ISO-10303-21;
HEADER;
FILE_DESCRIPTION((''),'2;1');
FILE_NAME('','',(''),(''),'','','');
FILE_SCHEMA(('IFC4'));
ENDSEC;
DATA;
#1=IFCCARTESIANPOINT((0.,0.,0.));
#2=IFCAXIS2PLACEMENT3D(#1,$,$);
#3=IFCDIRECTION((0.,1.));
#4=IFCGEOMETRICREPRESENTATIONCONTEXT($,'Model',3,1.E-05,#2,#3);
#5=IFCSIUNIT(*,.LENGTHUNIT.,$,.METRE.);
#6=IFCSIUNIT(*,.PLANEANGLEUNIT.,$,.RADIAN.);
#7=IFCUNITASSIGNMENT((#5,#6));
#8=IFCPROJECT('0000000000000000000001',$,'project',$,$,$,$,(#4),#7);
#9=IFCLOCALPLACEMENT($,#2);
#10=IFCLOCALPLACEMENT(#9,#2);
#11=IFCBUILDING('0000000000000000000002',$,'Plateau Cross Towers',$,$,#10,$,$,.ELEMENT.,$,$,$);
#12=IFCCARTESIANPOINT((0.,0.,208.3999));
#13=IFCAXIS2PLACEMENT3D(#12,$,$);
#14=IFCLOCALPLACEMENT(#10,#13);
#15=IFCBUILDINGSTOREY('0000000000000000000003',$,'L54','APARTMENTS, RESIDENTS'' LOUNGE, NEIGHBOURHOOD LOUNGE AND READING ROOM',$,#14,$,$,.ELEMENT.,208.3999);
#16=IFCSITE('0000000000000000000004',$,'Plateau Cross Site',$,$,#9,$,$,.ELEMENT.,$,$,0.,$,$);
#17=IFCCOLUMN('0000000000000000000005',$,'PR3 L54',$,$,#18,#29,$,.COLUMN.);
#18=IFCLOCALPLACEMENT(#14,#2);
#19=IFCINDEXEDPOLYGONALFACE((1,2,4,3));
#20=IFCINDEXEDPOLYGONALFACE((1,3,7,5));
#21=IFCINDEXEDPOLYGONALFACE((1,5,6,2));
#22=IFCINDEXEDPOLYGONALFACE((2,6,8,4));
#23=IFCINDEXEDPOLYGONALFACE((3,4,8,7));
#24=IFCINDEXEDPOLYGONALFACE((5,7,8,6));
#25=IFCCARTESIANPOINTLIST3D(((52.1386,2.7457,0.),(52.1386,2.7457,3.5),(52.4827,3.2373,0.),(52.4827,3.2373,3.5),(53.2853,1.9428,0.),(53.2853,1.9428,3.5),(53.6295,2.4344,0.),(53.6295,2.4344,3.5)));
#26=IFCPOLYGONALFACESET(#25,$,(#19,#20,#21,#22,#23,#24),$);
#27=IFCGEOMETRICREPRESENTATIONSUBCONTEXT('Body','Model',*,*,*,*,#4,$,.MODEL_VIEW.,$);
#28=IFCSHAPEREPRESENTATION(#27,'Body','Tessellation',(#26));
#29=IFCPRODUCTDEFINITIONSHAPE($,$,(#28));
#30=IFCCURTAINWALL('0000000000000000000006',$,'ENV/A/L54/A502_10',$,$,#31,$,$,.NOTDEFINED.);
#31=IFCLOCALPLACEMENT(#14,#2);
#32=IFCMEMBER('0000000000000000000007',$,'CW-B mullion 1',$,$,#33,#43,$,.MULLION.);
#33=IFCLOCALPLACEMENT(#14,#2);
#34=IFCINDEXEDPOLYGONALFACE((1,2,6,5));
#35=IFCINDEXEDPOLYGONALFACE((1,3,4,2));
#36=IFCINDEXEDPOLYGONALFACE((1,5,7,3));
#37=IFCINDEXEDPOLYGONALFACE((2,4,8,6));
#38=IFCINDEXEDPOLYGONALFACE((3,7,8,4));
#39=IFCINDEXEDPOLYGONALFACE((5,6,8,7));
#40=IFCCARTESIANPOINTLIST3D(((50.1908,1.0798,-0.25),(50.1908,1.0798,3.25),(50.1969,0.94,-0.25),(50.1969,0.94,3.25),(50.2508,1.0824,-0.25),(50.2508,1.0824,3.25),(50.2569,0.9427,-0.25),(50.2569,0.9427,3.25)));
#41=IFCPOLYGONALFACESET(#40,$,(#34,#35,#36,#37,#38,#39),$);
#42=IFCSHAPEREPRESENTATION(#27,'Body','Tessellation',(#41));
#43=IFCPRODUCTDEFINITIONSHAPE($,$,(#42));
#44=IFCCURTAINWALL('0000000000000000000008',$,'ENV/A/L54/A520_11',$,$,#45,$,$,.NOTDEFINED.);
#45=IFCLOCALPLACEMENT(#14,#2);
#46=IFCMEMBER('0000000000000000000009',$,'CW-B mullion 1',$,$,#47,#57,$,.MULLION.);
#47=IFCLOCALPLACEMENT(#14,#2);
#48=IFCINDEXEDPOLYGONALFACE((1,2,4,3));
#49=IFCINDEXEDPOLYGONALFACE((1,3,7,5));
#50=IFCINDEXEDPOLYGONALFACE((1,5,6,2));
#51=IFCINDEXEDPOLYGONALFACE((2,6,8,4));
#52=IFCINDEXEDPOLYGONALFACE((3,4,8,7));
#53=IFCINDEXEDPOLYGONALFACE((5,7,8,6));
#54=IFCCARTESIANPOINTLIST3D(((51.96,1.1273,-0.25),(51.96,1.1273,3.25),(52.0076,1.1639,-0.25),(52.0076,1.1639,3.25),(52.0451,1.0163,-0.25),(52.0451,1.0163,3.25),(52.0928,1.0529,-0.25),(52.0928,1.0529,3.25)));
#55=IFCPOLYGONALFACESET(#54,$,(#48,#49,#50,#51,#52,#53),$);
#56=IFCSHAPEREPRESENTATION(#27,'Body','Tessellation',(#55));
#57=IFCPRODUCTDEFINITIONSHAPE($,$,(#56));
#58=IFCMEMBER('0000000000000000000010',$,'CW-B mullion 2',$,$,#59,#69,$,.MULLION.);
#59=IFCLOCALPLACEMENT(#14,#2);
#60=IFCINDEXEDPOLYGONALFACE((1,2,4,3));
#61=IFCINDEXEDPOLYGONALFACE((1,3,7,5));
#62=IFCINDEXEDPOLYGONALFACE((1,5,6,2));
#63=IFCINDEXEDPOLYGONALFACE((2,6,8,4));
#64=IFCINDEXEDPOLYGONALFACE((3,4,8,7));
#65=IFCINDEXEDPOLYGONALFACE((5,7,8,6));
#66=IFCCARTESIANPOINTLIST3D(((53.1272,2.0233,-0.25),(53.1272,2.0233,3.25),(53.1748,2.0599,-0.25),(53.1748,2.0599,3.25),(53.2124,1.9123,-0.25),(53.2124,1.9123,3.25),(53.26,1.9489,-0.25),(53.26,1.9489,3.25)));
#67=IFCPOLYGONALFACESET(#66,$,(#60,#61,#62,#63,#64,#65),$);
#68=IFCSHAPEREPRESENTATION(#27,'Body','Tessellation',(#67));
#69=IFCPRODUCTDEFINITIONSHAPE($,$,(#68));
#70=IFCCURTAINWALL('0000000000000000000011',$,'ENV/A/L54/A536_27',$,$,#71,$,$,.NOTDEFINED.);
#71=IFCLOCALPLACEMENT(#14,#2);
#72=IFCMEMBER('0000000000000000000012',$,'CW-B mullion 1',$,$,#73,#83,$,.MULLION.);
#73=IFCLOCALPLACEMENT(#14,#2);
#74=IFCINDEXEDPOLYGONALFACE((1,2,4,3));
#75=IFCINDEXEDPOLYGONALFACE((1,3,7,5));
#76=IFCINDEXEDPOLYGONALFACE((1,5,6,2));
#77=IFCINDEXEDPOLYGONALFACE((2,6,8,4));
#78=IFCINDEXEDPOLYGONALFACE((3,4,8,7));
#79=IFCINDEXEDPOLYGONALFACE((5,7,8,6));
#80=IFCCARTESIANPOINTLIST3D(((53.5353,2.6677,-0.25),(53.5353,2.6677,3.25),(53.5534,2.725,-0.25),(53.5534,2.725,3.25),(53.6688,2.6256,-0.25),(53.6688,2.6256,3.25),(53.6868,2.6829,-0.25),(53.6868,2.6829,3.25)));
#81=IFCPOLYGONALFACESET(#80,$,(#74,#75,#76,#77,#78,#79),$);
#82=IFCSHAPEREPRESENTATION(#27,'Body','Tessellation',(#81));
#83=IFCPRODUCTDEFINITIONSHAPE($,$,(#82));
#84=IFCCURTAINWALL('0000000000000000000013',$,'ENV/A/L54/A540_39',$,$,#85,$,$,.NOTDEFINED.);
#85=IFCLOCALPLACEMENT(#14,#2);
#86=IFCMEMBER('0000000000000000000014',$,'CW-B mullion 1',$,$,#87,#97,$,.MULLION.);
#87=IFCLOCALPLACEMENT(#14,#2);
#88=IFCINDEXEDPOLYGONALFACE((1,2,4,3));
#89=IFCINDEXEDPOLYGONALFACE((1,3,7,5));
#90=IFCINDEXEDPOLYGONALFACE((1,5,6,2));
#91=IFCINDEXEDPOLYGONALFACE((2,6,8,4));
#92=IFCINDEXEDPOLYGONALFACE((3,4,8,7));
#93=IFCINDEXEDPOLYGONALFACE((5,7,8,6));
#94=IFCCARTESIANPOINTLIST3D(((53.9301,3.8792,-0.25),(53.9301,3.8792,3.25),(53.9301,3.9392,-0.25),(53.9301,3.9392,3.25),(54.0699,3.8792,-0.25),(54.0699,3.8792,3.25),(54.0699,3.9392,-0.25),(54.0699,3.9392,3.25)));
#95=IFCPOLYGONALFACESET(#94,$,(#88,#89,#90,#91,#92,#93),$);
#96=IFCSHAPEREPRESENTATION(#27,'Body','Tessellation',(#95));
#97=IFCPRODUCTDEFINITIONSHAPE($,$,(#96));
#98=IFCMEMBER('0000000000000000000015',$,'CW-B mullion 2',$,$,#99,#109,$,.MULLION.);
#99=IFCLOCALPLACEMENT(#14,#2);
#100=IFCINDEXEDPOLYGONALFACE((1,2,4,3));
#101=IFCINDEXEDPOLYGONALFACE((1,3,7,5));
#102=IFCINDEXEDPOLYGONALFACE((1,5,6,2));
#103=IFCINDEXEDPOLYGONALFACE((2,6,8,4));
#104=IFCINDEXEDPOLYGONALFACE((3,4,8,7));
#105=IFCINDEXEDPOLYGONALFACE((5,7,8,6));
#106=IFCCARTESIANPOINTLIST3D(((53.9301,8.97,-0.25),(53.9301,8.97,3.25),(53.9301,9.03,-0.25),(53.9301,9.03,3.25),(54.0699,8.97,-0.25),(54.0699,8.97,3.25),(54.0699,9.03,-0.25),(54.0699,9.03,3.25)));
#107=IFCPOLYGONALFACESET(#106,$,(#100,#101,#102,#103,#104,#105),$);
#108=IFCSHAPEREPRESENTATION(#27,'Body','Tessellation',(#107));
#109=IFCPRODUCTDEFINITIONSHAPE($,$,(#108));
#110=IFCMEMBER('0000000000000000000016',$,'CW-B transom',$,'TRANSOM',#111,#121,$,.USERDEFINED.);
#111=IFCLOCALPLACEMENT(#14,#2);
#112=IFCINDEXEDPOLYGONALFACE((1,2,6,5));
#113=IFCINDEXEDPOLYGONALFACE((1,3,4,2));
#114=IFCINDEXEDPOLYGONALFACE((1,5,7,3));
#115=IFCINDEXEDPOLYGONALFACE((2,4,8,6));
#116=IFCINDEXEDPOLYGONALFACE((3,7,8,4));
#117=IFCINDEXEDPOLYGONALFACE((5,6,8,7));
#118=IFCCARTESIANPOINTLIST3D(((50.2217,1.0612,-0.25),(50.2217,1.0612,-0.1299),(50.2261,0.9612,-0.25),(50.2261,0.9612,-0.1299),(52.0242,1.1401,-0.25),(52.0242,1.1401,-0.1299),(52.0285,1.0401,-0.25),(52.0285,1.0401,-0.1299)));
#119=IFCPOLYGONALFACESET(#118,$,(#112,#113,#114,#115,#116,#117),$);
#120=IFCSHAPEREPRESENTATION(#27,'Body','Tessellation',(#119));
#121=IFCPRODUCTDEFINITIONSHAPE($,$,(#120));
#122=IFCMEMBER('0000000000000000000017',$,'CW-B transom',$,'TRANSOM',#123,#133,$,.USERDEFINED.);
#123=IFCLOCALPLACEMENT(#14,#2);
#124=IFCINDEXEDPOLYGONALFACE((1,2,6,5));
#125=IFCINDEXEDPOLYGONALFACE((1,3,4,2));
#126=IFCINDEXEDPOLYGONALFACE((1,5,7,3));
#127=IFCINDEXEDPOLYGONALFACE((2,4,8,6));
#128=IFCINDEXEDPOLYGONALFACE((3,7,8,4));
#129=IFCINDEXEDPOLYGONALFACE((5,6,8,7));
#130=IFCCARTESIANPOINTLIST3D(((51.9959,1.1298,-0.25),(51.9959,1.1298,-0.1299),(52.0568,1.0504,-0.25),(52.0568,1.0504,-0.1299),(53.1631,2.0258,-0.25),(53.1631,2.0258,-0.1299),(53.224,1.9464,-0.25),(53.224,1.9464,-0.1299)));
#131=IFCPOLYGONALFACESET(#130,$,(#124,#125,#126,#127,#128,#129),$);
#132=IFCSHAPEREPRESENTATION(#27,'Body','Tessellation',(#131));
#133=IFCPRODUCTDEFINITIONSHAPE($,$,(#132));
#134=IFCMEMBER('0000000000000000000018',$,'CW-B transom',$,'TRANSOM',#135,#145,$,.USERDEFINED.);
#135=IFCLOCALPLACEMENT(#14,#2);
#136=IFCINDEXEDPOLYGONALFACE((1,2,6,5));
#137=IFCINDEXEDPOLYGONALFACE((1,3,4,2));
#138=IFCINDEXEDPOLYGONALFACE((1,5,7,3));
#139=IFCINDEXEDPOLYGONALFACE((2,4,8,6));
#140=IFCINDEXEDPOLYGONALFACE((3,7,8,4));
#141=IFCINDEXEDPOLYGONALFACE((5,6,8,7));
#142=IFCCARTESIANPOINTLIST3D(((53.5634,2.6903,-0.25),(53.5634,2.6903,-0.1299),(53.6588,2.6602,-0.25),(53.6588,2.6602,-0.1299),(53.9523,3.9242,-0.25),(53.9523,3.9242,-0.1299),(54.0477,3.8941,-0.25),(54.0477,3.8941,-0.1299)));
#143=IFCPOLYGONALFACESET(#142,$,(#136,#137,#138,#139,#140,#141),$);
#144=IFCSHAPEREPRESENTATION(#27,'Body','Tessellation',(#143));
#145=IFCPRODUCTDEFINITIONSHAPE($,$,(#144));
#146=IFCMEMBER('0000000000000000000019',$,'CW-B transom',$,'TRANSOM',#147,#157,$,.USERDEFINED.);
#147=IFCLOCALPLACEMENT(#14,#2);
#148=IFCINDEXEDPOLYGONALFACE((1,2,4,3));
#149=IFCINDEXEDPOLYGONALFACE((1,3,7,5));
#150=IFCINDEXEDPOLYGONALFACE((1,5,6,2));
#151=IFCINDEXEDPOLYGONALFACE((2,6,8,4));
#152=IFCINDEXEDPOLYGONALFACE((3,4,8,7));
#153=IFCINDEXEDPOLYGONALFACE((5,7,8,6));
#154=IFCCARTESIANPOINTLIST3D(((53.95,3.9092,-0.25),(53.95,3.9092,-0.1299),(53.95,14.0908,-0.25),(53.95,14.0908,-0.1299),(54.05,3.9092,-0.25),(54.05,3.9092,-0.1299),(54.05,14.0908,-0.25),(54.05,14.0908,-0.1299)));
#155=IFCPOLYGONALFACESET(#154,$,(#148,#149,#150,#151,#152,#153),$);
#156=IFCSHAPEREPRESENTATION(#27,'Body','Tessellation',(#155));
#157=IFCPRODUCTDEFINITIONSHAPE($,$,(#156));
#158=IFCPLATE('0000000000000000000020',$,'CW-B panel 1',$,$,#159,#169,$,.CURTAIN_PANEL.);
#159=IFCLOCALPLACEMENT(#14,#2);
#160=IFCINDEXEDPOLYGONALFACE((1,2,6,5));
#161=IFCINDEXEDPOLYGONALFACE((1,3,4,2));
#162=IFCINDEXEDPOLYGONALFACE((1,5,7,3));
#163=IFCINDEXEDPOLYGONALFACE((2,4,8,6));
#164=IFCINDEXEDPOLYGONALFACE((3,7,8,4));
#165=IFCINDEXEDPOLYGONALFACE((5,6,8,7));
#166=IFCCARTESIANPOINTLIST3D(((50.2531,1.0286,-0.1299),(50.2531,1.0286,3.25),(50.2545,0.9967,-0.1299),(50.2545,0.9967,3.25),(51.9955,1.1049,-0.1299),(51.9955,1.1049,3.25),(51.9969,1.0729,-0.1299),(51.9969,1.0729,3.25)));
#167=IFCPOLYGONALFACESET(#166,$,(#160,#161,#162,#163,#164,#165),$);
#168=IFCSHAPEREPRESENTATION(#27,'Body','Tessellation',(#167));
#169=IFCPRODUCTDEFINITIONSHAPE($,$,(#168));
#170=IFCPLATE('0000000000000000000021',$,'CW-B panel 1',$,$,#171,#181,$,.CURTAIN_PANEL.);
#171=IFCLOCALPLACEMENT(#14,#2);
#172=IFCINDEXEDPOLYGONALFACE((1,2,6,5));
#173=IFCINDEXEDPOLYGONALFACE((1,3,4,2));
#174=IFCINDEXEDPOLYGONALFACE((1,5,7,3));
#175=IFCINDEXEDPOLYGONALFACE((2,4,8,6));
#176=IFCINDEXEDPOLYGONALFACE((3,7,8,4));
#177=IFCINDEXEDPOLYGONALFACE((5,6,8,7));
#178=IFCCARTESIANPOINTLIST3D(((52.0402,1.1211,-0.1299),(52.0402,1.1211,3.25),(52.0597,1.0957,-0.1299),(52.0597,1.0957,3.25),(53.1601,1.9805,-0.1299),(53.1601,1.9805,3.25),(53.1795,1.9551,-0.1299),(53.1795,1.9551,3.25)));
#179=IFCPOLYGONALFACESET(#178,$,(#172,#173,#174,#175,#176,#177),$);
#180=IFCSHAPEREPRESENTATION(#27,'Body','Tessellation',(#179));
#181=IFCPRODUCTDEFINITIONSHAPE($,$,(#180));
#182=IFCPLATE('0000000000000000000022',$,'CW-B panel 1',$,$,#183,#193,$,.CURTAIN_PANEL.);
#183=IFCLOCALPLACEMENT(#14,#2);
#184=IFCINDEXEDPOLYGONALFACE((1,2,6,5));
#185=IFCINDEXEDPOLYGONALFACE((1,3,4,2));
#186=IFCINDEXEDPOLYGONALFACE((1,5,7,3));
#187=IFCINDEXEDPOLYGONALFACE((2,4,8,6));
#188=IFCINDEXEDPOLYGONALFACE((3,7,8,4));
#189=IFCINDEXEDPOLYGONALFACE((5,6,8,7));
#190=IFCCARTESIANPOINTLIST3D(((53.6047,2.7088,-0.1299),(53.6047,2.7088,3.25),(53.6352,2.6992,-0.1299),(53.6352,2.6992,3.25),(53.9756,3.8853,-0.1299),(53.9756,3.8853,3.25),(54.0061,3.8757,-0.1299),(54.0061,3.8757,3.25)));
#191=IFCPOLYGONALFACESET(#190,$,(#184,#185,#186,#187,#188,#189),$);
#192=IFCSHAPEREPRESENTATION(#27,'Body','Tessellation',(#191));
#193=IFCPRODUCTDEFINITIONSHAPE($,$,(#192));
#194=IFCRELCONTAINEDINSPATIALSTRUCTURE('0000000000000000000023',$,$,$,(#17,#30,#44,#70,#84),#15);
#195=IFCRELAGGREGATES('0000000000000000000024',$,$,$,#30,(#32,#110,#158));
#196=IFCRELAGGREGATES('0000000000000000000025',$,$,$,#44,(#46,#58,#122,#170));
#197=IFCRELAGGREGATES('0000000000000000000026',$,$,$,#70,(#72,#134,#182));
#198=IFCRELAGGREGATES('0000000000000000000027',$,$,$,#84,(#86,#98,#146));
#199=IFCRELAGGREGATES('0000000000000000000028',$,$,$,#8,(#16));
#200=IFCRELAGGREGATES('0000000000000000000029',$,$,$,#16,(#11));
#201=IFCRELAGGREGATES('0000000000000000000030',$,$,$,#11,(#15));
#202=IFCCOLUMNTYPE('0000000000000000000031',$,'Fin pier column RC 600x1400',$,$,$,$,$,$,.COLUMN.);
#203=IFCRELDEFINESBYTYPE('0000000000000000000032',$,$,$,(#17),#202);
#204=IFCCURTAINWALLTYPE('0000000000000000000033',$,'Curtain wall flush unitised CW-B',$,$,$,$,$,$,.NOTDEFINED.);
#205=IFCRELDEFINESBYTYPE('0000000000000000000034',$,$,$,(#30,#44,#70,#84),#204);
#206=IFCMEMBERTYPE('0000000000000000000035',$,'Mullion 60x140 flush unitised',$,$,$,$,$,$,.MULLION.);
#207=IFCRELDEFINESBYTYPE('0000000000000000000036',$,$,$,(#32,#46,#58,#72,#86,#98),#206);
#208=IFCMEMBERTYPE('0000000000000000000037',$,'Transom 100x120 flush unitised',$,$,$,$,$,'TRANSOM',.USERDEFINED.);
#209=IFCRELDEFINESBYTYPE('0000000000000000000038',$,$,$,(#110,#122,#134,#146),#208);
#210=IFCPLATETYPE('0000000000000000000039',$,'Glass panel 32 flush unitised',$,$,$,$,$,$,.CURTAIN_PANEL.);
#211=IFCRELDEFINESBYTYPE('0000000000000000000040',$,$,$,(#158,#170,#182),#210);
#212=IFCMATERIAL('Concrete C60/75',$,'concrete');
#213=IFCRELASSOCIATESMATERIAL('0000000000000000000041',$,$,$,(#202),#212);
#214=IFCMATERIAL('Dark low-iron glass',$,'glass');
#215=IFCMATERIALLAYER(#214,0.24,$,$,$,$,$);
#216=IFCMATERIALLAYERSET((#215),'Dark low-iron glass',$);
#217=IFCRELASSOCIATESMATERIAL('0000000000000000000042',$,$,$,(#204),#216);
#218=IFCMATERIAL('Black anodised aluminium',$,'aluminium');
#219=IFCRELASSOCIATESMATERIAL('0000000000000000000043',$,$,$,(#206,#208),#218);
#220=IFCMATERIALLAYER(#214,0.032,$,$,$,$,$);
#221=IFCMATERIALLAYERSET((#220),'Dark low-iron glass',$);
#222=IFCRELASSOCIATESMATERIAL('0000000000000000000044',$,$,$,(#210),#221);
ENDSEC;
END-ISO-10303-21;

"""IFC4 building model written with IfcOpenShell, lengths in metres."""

from ifc_helpers import new_model, si_unit, direction, frame, origin, origin_2d, place, context, subcontext, project, spatial, rectangle, extrude, material, layer, layer_set, material_profile, profile_set, type_object, element, aggregate, save


model = new_model("IFC4")

# Units and contexts
model_context = context("Model", 3, precision=1e-05, world=origin(), true_north=direction((0.0, 1.0)))
body_context = subcontext(model_context, "Body", "Model", "MODEL_VIEW")
ifc_project = project(units=[si_unit("LENGTHUNIT", "METRE"), si_unit("PLANEANGLEUNIT", "RADIAN")], contexts=[model_context])

# Site, building, storey
site_placement = place(None, origin())
site = spatial("IfcSite", under=ifc_project, at=site_placement, Name="Plateau Cross Site", CompositionType="ELEMENT", RefElevation=0.0)
building_placement = place(site_placement, origin())
building = spatial("IfcBuilding", under=site, at=building_placement, Name="Plateau Cross Towers", CompositionType="ELEMENT")
storey_placement = place(building_placement, frame((0.0, 0.0, 208.3999)))
storey = spatial("IfcBuildingStorey", under=building, at=storey_placement, Name="L54", Description="APARTMENTS, RESIDENTS' LOUNGE, NEIGHBOURHOOD LOUNGE AND READING ROOM", CompositionType="ELEMENT", Elevation=208.3999)

# Column
ifc_material_1 = material(Name="Concrete C60/75", Category="concrete")
ifc_material_profile_1 = material_profile(ifc_material_1, rectangle(XDim=0.6001, YDim=1.3999, at=origin_2d()), Name="RC 600x1400")
ifc_profile_set_1 = profile_set([ifc_material_profile_1], Name="Concrete C60/75")
column_type = type_object("IfcColumnType", Name="Fin pier column RC 600x1400", PredefinedType="COLUMN", material=ifc_profile_set_1)
column_placement = place(storey_placement, frame((52.884, 2.5901, 0.0), z_axis=(0.0, 0.0, 1.0), x_axis=(0.573543, 0.819176, 0.0)))
element("IfcColumn", 1, at=column_placement, inside=storey, type_object=column_type, Name="PR3 L54", PredefinedType="COLUMN", context=body_context, shape_type="SweptSolid", body=[
    extrude(rectangle(XDim=0.6001, YDim=1.3999, at=origin_2d()), origin(), (0.0, 0.0, 1.0), 3.5),
])

# Curtain wall, member
ifc_material_2 = material(Name="Dark low-iron glass", Category="glass")
ifc_layer_1 = layer(ifc_material_2, 0.24)
ifc_layer_set_1 = layer_set([ifc_layer_1], Name="Dark low-iron glass")
curtain_wall_type_1 = type_object("IfcCurtainWallType", Name="Curtain wall flush unitised CW-B", PredefinedType="NOTDEFINED", material=ifc_layer_set_1)
curtain_wall_1_placement = place(storey_placement, origin())
curtain_wall_1 = element("IfcCurtainWall", 2, at=curtain_wall_1_placement, inside=storey, type_object=curtain_wall_type_1, Name="ENV/A/L54/A502_10", PredefinedType="NOTDEFINED")
ifc_material_3 = material(Name="Black anodised aluminium", Category="aluminium")
ifc_material_profile_2 = material_profile(ifc_material_3, rectangle(XDim=0.0601, YDim=0.1399, at=origin_2d()), Name="MULLION 60x140")
ifc_profile_set_2 = profile_set([ifc_material_profile_2], Name="Black anodised aluminium")
member_type_1 = type_object("IfcMemberType", Name="Mullion 60x140 flush unitised", PredefinedType="MULLION", material=ifc_profile_set_2)
member_1_placement = place(storey_placement, frame((50.2239, 1.0112, -0.25), z_axis=(0.0, 0.0, 1.0), x_axis=(0.999044, 0.043723, 0.0)))
member_1 = element("IfcMember", 3, at=member_1_placement, type_object=member_type_1, Name="CW-B mullion 1", PredefinedType="MULLION", context=body_context, shape_type="SweptSolid", body=[
    extrude(rectangle(XDim=0.0601, YDim=0.1399, at=origin_2d()), origin(), (0.0, 0.0, 1.0), 3.5),
])

# Curtain wall, members
curtain_wall_2_placement = place(storey_placement, origin())
curtain_wall_2 = element("IfcCurtainWall", 4, at=curtain_wall_2_placement, inside=storey, type_object=curtain_wall_type_1, Name="ENV/A/L54/A520_11", PredefinedType="NOTDEFINED")
member_2_placement = place(storey_placement, frame((52.0264, 1.0901, -0.25), z_axis=(0.0, 0.0, 1.0), x_axis=(0.793316, 0.608811, 0.0)))
member_2 = element("IfcMember", 5, at=member_2_placement, type_object=member_type_1, Name="CW-B mullion 1", PredefinedType="MULLION", context=body_context, shape_type="SweptSolid", body=[
    extrude(rectangle(XDim=0.0601, YDim=0.1399, at=origin_2d()), origin(), (0.0, 0.0, 1.0), 3.5),
])
member_3_placement = place(storey_placement, frame((53.1936, 1.9861, -0.25), z_axis=(0.0, 0.0, 1.0), x_axis=(0.793316, 0.608811, 0.0)))
member_3 = element("IfcMember", 6, at=member_3_placement, type_object=member_type_1, Name="CW-B mullion 2", PredefinedType="MULLION", context=body_context, shape_type="SweptSolid", body=[
    extrude(rectangle(XDim=0.0601, YDim=0.1399, at=origin_2d()), origin(), (0.0, 0.0, 1.0), 3.5),
])

# Curtain wall, member
curtain_wall_3_placement = place(storey_placement, origin())
curtain_wall_3 = element("IfcCurtainWall", 7, at=curtain_wall_3_placement, inside=storey, type_object=curtain_wall_type_1, Name="ENV/A/L54/A536_27", PredefinedType="NOTDEFINED")
member_4_placement = place(storey_placement, frame((53.6111, 2.6753, -0.25), z_axis=(0.0, 0.0, 1.0), x_axis=(0.300686, 0.953723, 0.0)))
member_4 = element("IfcMember", 8, at=member_4_placement, type_object=member_type_1, Name="CW-B mullion 1", PredefinedType="MULLION", context=body_context, shape_type="SweptSolid", body=[
    extrude(rectangle(XDim=0.0601, YDim=0.1399, at=origin_2d()), origin(), (0.0, 0.0, 1.0), 3.5),
])

# Curtain wall, members
curtain_wall_4_placement = place(storey_placement, origin())
curtain_wall_4 = element("IfcCurtainWall", 9, at=curtain_wall_4_placement, inside=storey, type_object=curtain_wall_type_1, Name="ENV/A/L54/A540_39", PredefinedType="NOTDEFINED")
member_5_placement = place(storey_placement, frame((54.0, 3.9092, -0.25), z_axis=(0.0, 0.0, 1.0), x_axis=(0.0, 1.0, 0.0)))
member_5 = element("IfcMember", 10, at=member_5_placement, type_object=member_type_1, Name="CW-B mullion 1", PredefinedType="MULLION", context=body_context, shape_type="SweptSolid", body=[
    extrude(rectangle(XDim=0.0601, YDim=0.1399, at=origin_2d()), origin(), (0.0, 0.0, 1.0), 3.5),
])
member_6_placement = place(storey_placement, frame((54.0, 9.0, -0.25), z_axis=(0.0, 0.0, 1.0), x_axis=(0.0, 1.0, 0.0)))
member_6 = element("IfcMember", 11, at=member_6_placement, type_object=member_type_1, Name="CW-B mullion 2", PredefinedType="MULLION", context=body_context, shape_type="SweptSolid", body=[
    extrude(rectangle(XDim=0.0601, YDim=0.1399, at=origin_2d()), origin(), (0.0, 0.0, 1.0), 3.5),
])

# Members
ifc_material_profile_3 = material_profile(ifc_material_3, rectangle(XDim=0.1001, YDim=0.1201, at=origin_2d()), Name="TRANSOM 100x120")
ifc_profile_set_3 = profile_set([ifc_material_profile_3], Name="Black anodised aluminium")
member_type_2 = type_object("IfcMemberType", Name="Transom 100x120 flush unitised", ElementType="TRANSOM", PredefinedType="USERDEFINED", material=ifc_profile_set_3)
member_7_placement = place(storey_placement, frame((50.2239, 1.0112, -0.1899), z_axis=(0.999044, 0.043707, 0.0), x_axis=(-0.043707, 0.999044, 0.0)))
member_7 = element("IfcMember", 12, at=member_7_placement, type_object=member_type_2, Name="CW-B transom", ObjectType="TRANSOM", PredefinedType="USERDEFINED", context=body_context, shape_type="SweptSolid", body=[
    extrude(rectangle(XDim=0.1001, YDim=0.1201, at=origin_2d()), origin(), (0.0, 0.0, 1.0), 1.8042),
])
member_8_placement = place(storey_placement, frame((52.0264, 1.0901, -0.1899), z_axis=(0.79324, 0.608909, 0.0), x_axis=(-0.608909, 0.79324, 0.0)))
member_8 = element("IfcMember", 13, at=member_8_placement, type_object=member_type_2, Name="CW-B transom", ObjectType="TRANSOM", PredefinedType="USERDEFINED", context=body_context, shape_type="SweptSolid", body=[
    extrude(rectangle(XDim=0.1001, YDim=0.1201, at=origin_2d()), origin(), (0.0, 0.0, 1.0), 1.4714),
])
member_9_placement = place(storey_placement, frame((53.6111, 2.6753, -0.1899), z_axis=(0.300617, 0.953745, 0.0), x_axis=(-0.953745, 0.300617, 0.0)))
member_9 = element("IfcMember", 14, at=member_9_placement, type_object=member_type_2, Name="CW-B transom", ObjectType="TRANSOM", PredefinedType="USERDEFINED", context=body_context, shape_type="SweptSolid", body=[
    extrude(rectangle(XDim=0.1001, YDim=0.1201, at=origin_2d()), origin(), (0.0, 0.0, 1.0), 1.2937),
])
member_10_placement = place(storey_placement, frame((54.0, 3.9092, -0.1899), z_axis=(0.0, 1.0, 0.0), x_axis=(-1.0, 0.0, 0.0)))
member_10 = element("IfcMember", 15, at=member_10_placement, type_object=member_type_2, Name="CW-B transom", ObjectType="TRANSOM", PredefinedType="USERDEFINED", context=body_context, shape_type="SweptSolid", body=[
    extrude(rectangle(XDim=0.1001, YDim=0.1201, at=origin_2d()), origin(), (0.0, 0.0, 1.0), 10.1816),
])

# Plates
ifc_layer_2 = layer(ifc_material_2, 0.032)
ifc_layer_set_2 = layer_set([ifc_layer_2], Name="Dark low-iron glass")
plate_type_1 = type_object("IfcPlateType", Name="Glass panel 32 flush unitised", PredefinedType="CURTAIN_PANEL", material=ifc_layer_set_2)
plate_1_placement = place(storey_placement, frame((51.125, 1.0508, -0.1299), z_axis=(0.0, 0.0, 1.0), x_axis=(0.999044, 0.043723, 0.0)))
plate_1 = element("IfcPlate", 16, at=plate_1_placement, type_object=plate_type_1, Name="CW-B panel 1", PredefinedType="CURTAIN_PANEL", context=body_context, shape_type="SweptSolid", body=[
    extrude(rectangle(XDim=1.7441, YDim=0.032, at=origin_2d()), origin(), (0.0, 0.0, 1.0), 3.3799),
])
aggregate(curtain_wall_1, [member_1, member_7, plate_1])
plate_2_placement = place(storey_placement, frame((52.6099, 1.5381, -0.1299), z_axis=(0.0, 0.0, 1.0), x_axis=(0.793316, 0.608811, 0.0)))
plate_2 = element("IfcPlate", 17, at=plate_2_placement, type_object=plate_type_1, Name="CW-B panel 1", PredefinedType="CURTAIN_PANEL", context=body_context, shape_type="SweptSolid", body=[
    extrude(rectangle(XDim=1.4116, YDim=0.032, at=origin_2d()), origin(), (0.0, 0.0, 1.0), 3.3799),
])
aggregate(curtain_wall_2, [member_2, member_3, member_8, plate_2])
plate_3_placement = place(storey_placement, frame((53.8054, 3.2922, -0.1299), z_axis=(0.0, 0.0, 1.0), x_axis=(0.300686, 0.953723, 0.0)))
plate_3 = element("IfcPlate", 18, at=plate_3_placement, type_object=plate_type_1, Name="CW-B panel 1", PredefinedType="CURTAIN_PANEL", context=body_context, shape_type="SweptSolid", body=[
    extrude(rectangle(XDim=1.2336, YDim=0.032, at=origin_2d()), origin(), (0.0, 0.0, 1.0), 3.3799),
])
aggregate(curtain_wall_3, [member_4, member_9, plate_3])
aggregate(curtain_wall_4, [member_5, member_6, member_10])

save(model, "model.ifc")
